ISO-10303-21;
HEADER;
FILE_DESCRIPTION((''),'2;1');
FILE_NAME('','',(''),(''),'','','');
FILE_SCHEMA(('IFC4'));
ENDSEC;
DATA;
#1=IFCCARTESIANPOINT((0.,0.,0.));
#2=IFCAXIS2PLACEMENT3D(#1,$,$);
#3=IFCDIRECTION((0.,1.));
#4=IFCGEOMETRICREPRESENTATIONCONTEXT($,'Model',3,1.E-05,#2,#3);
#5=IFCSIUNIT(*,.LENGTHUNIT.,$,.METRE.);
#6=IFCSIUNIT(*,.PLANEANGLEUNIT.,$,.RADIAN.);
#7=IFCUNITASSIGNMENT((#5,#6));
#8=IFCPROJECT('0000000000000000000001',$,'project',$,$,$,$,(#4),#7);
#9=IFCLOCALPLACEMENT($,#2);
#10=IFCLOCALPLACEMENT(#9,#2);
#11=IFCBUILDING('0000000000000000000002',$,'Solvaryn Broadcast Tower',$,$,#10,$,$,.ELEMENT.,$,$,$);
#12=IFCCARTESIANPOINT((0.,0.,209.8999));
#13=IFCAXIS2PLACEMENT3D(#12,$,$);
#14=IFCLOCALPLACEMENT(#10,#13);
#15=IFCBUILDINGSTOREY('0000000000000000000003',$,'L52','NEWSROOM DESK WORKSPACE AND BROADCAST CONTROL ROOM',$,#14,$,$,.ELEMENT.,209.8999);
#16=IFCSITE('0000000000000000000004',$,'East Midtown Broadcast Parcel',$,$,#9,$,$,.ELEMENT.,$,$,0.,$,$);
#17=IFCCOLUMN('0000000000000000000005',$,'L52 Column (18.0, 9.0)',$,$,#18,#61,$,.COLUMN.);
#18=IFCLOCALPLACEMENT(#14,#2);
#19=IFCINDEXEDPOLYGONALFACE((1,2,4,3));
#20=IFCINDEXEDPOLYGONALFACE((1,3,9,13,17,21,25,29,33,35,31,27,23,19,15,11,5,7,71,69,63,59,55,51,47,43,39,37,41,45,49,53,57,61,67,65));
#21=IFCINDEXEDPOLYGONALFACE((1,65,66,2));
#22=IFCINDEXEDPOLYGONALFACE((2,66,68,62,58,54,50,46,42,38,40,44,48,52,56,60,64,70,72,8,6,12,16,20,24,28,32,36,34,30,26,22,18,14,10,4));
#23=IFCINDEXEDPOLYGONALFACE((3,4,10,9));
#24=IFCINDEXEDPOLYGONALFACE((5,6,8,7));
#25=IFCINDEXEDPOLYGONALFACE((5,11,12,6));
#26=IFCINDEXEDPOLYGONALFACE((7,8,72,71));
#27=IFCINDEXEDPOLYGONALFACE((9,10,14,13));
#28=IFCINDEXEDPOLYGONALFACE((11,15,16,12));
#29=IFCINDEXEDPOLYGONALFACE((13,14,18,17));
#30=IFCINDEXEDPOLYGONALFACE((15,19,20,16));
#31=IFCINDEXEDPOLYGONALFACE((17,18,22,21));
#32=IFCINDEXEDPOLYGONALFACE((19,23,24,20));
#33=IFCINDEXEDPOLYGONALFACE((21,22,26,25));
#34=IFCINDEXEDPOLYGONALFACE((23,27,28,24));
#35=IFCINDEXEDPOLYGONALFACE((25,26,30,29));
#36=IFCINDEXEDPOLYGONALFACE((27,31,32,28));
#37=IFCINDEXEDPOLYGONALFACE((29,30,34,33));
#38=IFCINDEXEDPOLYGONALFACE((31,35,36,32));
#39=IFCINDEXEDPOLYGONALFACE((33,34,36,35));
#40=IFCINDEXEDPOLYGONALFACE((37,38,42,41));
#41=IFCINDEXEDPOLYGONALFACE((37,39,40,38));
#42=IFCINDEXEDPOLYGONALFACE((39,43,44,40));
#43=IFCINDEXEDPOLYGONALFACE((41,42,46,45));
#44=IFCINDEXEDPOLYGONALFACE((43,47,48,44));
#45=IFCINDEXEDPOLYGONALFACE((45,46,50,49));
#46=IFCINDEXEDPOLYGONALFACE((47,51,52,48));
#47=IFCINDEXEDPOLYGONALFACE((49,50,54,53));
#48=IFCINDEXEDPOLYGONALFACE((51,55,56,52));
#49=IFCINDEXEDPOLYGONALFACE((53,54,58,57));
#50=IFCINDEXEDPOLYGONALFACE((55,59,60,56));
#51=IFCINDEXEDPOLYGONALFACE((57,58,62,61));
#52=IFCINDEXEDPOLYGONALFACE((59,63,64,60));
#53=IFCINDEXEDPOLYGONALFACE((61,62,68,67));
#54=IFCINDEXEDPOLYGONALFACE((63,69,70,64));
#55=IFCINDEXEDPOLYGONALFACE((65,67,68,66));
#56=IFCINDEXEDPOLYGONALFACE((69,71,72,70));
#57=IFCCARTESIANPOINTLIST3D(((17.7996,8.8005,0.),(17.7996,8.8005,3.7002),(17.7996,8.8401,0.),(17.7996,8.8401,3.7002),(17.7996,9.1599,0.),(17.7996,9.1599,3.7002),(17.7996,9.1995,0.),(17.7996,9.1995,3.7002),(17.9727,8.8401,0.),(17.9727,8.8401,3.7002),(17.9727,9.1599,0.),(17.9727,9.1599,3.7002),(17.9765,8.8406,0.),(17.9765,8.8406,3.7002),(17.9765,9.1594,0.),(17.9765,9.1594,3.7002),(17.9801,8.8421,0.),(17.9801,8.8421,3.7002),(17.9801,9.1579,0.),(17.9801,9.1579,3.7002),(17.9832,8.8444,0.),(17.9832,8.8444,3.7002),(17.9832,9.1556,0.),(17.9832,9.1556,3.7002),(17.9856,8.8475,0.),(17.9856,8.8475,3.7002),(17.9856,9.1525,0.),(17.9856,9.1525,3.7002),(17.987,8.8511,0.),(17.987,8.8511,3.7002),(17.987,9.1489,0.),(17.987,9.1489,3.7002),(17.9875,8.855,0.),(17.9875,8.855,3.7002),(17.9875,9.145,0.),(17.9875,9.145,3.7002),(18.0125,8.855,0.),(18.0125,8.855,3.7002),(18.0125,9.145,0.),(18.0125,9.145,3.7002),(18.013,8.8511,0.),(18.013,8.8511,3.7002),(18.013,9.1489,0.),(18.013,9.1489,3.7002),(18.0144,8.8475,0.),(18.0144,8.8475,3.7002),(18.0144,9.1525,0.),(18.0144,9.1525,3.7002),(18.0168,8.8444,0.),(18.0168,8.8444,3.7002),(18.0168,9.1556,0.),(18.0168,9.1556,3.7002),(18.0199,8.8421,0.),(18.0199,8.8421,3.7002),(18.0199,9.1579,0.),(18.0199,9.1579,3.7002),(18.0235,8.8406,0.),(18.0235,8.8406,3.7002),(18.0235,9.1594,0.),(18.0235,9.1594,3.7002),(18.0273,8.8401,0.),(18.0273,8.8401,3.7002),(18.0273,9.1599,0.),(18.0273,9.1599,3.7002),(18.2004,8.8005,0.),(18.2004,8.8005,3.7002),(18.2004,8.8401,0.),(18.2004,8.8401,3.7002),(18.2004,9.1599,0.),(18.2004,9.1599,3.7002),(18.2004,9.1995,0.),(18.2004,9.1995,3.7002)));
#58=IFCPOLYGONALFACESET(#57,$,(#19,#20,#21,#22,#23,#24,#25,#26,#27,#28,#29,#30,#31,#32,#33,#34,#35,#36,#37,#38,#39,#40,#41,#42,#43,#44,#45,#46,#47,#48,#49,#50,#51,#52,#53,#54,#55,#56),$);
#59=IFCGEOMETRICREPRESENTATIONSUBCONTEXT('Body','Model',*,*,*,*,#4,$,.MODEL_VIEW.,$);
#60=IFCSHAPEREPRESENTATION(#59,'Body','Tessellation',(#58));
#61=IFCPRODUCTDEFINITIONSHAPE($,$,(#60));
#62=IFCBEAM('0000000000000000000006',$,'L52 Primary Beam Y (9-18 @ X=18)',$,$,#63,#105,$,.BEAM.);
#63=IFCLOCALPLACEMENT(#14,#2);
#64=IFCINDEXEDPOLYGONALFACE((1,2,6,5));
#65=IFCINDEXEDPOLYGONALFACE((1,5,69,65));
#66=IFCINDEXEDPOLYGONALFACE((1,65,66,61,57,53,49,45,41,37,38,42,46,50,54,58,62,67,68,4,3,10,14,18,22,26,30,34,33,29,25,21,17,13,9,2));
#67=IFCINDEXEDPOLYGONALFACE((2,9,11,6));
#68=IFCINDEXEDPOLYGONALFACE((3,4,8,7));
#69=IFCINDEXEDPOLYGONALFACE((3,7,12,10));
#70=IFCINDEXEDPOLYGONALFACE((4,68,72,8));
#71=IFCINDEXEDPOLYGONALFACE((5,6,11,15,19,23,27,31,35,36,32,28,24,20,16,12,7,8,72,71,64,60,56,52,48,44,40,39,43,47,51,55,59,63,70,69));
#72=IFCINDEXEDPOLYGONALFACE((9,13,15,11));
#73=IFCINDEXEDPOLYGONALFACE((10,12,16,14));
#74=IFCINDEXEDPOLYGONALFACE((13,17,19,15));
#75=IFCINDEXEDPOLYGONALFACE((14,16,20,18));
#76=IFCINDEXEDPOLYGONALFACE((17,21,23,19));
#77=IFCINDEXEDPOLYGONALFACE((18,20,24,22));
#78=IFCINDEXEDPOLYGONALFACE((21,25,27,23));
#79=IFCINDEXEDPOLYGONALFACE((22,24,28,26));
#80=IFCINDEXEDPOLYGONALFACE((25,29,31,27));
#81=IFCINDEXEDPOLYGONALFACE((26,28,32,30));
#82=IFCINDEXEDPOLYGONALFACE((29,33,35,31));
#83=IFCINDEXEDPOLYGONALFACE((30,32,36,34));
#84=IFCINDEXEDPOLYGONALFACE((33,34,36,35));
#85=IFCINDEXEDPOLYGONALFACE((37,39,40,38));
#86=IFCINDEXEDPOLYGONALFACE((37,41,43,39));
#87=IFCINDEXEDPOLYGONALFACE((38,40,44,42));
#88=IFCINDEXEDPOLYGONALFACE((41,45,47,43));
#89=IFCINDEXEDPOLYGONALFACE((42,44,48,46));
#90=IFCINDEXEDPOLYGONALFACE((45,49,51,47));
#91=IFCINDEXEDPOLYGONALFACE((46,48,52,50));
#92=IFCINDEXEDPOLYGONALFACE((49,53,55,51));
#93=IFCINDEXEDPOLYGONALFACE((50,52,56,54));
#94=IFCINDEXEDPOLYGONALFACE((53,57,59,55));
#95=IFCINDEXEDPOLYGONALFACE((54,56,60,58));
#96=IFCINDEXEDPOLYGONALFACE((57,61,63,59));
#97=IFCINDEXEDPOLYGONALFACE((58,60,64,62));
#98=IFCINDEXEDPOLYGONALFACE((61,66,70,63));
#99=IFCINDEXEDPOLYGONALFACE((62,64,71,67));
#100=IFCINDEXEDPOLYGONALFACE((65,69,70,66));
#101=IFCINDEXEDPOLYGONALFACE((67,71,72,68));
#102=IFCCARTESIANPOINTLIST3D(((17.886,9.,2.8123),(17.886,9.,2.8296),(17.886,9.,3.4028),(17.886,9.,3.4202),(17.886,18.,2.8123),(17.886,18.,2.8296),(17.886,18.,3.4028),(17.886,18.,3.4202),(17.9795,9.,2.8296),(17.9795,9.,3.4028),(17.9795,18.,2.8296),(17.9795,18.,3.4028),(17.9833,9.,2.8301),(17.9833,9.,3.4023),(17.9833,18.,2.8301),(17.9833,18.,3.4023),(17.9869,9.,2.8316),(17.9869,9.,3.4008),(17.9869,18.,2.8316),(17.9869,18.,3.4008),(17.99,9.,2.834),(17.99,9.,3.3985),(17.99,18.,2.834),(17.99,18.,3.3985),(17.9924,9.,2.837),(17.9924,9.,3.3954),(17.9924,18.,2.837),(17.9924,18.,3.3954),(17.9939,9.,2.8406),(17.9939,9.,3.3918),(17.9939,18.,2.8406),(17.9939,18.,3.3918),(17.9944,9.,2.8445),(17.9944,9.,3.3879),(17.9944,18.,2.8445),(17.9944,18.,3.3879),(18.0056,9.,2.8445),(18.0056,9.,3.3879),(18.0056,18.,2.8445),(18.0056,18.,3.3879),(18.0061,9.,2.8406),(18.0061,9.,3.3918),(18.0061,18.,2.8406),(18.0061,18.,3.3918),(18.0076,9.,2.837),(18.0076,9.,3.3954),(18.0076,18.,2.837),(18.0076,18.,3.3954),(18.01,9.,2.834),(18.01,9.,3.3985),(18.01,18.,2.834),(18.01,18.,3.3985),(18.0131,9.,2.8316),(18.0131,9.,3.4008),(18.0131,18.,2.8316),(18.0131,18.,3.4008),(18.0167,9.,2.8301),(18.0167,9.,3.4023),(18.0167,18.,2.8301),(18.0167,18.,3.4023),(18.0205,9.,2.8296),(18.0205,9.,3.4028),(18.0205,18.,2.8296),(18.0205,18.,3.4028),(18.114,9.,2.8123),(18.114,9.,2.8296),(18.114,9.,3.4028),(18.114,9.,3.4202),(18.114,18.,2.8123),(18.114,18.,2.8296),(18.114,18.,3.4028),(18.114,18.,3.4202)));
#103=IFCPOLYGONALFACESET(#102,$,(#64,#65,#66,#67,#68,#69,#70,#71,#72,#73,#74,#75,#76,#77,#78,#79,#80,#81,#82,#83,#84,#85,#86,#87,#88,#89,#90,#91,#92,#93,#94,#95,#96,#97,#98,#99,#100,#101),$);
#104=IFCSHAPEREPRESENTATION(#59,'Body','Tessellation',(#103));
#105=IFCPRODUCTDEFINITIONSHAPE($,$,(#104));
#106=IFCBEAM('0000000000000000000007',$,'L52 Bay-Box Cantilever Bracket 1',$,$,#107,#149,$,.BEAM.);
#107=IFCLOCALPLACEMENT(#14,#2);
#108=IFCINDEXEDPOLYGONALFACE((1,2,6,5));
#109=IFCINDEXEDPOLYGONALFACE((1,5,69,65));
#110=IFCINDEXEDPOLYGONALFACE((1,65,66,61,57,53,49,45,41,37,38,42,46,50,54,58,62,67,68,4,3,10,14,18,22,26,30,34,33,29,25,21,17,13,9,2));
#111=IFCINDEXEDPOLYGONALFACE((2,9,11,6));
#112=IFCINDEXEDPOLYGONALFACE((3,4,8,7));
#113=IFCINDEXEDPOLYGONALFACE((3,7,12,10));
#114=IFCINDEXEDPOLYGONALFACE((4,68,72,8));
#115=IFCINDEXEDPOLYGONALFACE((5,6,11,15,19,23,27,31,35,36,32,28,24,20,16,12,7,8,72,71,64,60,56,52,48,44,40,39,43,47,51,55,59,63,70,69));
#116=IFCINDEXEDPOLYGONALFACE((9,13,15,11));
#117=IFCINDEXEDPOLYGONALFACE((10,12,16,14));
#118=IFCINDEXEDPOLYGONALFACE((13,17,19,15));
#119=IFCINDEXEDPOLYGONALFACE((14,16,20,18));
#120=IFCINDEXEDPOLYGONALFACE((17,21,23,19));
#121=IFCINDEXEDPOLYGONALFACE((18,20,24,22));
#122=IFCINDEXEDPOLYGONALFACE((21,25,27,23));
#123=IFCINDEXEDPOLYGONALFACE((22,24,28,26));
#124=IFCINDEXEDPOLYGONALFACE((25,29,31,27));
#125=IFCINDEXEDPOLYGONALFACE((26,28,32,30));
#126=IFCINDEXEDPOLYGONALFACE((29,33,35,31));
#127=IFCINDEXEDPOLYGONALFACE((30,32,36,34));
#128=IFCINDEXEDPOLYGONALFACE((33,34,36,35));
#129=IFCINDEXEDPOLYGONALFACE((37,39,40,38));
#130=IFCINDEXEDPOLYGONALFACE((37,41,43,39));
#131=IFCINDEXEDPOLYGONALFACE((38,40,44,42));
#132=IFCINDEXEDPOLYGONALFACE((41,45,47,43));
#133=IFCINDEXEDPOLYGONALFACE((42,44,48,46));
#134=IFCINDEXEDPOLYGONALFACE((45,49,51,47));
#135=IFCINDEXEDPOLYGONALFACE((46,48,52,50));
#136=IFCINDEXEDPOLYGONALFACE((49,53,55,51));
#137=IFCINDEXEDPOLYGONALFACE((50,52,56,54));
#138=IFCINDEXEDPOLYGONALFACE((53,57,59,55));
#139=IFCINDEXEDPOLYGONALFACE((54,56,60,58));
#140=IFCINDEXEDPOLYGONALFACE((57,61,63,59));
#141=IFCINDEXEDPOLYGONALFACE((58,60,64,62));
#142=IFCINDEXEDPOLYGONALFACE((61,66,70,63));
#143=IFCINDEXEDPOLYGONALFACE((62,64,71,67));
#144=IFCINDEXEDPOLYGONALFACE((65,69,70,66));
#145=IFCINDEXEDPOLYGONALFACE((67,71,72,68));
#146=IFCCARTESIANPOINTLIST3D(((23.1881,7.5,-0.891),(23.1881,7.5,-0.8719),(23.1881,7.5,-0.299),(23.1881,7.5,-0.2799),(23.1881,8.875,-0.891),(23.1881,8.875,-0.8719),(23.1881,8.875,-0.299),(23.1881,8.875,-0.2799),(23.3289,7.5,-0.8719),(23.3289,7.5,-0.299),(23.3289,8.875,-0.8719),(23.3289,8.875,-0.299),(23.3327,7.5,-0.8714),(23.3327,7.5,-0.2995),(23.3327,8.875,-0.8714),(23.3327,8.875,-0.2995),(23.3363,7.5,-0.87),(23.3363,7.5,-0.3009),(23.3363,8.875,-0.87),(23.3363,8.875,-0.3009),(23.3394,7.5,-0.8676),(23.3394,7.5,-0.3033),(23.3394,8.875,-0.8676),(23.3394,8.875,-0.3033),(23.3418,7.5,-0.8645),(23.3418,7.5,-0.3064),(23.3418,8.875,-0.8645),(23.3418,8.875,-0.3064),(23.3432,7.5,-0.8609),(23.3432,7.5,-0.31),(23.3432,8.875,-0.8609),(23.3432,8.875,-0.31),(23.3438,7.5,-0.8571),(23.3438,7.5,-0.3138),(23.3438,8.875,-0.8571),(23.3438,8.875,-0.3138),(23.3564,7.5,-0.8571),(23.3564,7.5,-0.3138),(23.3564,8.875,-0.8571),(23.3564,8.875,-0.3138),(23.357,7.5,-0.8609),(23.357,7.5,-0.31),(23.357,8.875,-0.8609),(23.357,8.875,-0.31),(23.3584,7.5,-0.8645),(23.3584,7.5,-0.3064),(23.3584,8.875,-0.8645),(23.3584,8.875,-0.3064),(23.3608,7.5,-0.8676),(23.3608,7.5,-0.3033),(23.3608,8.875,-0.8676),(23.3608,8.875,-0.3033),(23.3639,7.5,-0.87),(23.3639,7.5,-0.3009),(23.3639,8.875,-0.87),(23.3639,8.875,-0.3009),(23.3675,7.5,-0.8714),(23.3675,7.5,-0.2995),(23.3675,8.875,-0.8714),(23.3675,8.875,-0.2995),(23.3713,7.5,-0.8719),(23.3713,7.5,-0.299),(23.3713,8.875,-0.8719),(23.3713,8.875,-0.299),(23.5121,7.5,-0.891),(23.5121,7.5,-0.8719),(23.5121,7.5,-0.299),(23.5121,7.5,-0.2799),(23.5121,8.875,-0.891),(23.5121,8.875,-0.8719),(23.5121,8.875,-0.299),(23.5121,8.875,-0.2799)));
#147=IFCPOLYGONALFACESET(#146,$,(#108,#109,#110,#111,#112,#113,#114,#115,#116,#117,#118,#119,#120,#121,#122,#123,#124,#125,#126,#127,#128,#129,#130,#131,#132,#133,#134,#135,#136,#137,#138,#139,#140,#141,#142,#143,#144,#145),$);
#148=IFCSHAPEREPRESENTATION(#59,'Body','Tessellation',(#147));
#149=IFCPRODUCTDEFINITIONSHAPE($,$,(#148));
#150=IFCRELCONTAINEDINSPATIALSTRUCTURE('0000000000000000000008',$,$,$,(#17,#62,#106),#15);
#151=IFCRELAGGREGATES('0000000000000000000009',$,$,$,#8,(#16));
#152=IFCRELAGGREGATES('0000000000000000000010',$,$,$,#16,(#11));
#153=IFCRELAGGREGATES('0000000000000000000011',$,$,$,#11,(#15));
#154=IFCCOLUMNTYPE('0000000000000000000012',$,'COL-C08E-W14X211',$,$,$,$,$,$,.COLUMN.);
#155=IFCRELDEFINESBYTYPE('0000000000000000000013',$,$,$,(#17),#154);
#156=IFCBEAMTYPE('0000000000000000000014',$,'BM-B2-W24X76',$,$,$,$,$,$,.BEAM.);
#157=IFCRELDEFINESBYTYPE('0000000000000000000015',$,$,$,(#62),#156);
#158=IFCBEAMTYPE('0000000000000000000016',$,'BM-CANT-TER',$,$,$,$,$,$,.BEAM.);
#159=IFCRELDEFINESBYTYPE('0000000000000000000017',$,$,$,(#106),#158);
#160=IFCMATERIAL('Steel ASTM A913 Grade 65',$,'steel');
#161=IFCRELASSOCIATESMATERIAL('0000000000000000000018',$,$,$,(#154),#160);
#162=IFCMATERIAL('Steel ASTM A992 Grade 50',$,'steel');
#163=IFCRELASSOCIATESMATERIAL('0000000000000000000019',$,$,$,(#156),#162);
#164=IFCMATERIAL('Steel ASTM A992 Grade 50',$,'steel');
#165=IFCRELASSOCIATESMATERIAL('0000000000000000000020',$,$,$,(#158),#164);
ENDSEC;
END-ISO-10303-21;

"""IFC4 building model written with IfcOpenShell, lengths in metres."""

from ifc_helpers import new_model, si_unit, direction, frame, origin, origin_2d, place, context, subcontext, project, spatial, i_section, extrude, material, material_profile, profile_set, type_object, element, save


model = new_model("IFC4")

# Units and contexts
model_context = context("Model", 3, precision=1e-05, world=origin(), true_north=direction((0.0, 1.0)))
body_context = subcontext(model_context, "Body", "Model", "MODEL_VIEW")
ifc_project = project(units=[si_unit("LENGTHUNIT", "METRE"), si_unit("PLANEANGLEUNIT", "RADIAN")], contexts=[model_context])

# Site, building, storey
site_placement = place(None, origin())
site = spatial("IfcSite", under=ifc_project, at=site_placement, Name="East Midtown Broadcast Parcel", CompositionType="ELEMENT", RefElevation=0.0)
building_placement = place(site_placement, origin())
building = spatial("IfcBuilding", under=site, at=building_placement, Name="Solvaryn Broadcast Tower", CompositionType="ELEMENT")
storey_placement = place(building_placement, frame((0.0, 0.0, 209.8999)))
storey = spatial("IfcBuildingStorey", under=building, at=storey_placement, Name="L52", Description="NEWSROOM DESK WORKSPACE AND BROADCAST CONTROL ROOM", CompositionType="ELEMENT", Elevation=209.8999)

# Column
ifc_material_1 = material(Name="Steel ASTM A913 Grade 65", Category="steel")
ifc_material_profile_1 = material_profile(ifc_material_1, i_section(OverallWidth=0.4009, OverallDepth=0.3989, WebThickness=0.0249, FlangeThickness=0.0396, FilletRadius=0.0149, at=origin_2d()))
ifc_profile_set_1 = profile_set([ifc_material_profile_1], Name="Steel ASTM A913 Grade 65")
column_type = type_object("IfcColumnType", Name="COL-C08E-W14X211", PredefinedType="COLUMN", material=ifc_profile_set_1)
column_placement = place(storey_placement, frame((18.0, 9.0, 0.0), z_axis=(0.0, 0.0, 1.0), x_axis=(1.0, 0.0, 0.0)))
element("IfcColumn", 1, at=column_placement, inside=storey, type_object=column_type, Name="L52 Column (18.0, 9.0)", PredefinedType="COLUMN", context=body_context, shape_type="SweptSolid", body=[
    extrude(i_section(OverallWidth=0.4009, OverallDepth=0.3989, WebThickness=0.0249, FlangeThickness=0.0396, FilletRadius=0.0149, at=origin_2d()), origin(), (0.0, 0.0, 1.0), 3.7002),
])

# Beams
ifc_material_2 = material(Name="Steel ASTM A992 Grade 50", Category="steel")
ifc_material_profile_2 = material_profile(ifc_material_2, i_section(OverallWidth=0.228, OverallDepth=0.6079, WebThickness=0.0112, FlangeThickness=0.0173, FilletRadius=0.0149, at=origin_2d()))
ifc_profile_set_2 = profile_set([ifc_material_profile_2], Name="Steel ASTM A992 Grade 50")
beam_type_1 = type_object("IfcBeamType", Name="BM-B2-W24X76", PredefinedType="BEAM", material=ifc_profile_set_2)
beam_1_placement = place(storey_placement, frame((18.0, 9.0, 3.1162), z_axis=(0.0, 1.0, 0.0), x_axis=(-1.0, 0.0, 0.0)))
element("IfcBeam", 2, at=beam_1_placement, inside=storey, type_object=beam_type_1, Name="L52 Primary Beam Y (9-18 @ X=18)", PredefinedType="BEAM", context=body_context, shape_type="SweptSolid", body=[
    extrude(i_section(OverallWidth=0.228, OverallDepth=0.6079, WebThickness=0.0112, FlangeThickness=0.0173, FilletRadius=0.0149, at=origin_2d()), origin(), (0.0, 0.0, 1.0), 9.0),
])
ifc_material_3 = material(Name="Steel ASTM A992 Grade 50", Category="steel")
ifc_material_profile_3 = material_profile(ifc_material_3, i_section(OverallWidth=0.324, OverallDepth=0.6111, WebThickness=0.0127, FlangeThickness=0.019, FilletRadius=0.0149, at=origin_2d()))
ifc_profile_set_3 = profile_set([ifc_material_profile_3], Name="Steel ASTM A992 Grade 50")
beam_type_2 = type_object("IfcBeamType", Name="BM-CANT-TER", PredefinedType="BEAM", material=ifc_profile_set_3)
beam_2_placement = place(storey_placement, frame((23.3501, 8.875, -0.5854), z_axis=(0.0, -1.0, 0.0), x_axis=(1.0, 0.0, 0.0)))
element("IfcBeam", 3, at=beam_2_placement, inside=storey, type_object=beam_type_2, Name="L52 Bay-Box Cantilever Bracket 1", PredefinedType="BEAM", context=body_context, shape_type="SweptSolid", body=[
    extrude(i_section(OverallWidth=0.324, OverallDepth=0.6111, WebThickness=0.0127, FlangeThickness=0.019, FilletRadius=0.0149, at=origin_2d()), origin(), (0.0, 0.0, 1.0), 1.375),
])

save(model, "model.ifc")
